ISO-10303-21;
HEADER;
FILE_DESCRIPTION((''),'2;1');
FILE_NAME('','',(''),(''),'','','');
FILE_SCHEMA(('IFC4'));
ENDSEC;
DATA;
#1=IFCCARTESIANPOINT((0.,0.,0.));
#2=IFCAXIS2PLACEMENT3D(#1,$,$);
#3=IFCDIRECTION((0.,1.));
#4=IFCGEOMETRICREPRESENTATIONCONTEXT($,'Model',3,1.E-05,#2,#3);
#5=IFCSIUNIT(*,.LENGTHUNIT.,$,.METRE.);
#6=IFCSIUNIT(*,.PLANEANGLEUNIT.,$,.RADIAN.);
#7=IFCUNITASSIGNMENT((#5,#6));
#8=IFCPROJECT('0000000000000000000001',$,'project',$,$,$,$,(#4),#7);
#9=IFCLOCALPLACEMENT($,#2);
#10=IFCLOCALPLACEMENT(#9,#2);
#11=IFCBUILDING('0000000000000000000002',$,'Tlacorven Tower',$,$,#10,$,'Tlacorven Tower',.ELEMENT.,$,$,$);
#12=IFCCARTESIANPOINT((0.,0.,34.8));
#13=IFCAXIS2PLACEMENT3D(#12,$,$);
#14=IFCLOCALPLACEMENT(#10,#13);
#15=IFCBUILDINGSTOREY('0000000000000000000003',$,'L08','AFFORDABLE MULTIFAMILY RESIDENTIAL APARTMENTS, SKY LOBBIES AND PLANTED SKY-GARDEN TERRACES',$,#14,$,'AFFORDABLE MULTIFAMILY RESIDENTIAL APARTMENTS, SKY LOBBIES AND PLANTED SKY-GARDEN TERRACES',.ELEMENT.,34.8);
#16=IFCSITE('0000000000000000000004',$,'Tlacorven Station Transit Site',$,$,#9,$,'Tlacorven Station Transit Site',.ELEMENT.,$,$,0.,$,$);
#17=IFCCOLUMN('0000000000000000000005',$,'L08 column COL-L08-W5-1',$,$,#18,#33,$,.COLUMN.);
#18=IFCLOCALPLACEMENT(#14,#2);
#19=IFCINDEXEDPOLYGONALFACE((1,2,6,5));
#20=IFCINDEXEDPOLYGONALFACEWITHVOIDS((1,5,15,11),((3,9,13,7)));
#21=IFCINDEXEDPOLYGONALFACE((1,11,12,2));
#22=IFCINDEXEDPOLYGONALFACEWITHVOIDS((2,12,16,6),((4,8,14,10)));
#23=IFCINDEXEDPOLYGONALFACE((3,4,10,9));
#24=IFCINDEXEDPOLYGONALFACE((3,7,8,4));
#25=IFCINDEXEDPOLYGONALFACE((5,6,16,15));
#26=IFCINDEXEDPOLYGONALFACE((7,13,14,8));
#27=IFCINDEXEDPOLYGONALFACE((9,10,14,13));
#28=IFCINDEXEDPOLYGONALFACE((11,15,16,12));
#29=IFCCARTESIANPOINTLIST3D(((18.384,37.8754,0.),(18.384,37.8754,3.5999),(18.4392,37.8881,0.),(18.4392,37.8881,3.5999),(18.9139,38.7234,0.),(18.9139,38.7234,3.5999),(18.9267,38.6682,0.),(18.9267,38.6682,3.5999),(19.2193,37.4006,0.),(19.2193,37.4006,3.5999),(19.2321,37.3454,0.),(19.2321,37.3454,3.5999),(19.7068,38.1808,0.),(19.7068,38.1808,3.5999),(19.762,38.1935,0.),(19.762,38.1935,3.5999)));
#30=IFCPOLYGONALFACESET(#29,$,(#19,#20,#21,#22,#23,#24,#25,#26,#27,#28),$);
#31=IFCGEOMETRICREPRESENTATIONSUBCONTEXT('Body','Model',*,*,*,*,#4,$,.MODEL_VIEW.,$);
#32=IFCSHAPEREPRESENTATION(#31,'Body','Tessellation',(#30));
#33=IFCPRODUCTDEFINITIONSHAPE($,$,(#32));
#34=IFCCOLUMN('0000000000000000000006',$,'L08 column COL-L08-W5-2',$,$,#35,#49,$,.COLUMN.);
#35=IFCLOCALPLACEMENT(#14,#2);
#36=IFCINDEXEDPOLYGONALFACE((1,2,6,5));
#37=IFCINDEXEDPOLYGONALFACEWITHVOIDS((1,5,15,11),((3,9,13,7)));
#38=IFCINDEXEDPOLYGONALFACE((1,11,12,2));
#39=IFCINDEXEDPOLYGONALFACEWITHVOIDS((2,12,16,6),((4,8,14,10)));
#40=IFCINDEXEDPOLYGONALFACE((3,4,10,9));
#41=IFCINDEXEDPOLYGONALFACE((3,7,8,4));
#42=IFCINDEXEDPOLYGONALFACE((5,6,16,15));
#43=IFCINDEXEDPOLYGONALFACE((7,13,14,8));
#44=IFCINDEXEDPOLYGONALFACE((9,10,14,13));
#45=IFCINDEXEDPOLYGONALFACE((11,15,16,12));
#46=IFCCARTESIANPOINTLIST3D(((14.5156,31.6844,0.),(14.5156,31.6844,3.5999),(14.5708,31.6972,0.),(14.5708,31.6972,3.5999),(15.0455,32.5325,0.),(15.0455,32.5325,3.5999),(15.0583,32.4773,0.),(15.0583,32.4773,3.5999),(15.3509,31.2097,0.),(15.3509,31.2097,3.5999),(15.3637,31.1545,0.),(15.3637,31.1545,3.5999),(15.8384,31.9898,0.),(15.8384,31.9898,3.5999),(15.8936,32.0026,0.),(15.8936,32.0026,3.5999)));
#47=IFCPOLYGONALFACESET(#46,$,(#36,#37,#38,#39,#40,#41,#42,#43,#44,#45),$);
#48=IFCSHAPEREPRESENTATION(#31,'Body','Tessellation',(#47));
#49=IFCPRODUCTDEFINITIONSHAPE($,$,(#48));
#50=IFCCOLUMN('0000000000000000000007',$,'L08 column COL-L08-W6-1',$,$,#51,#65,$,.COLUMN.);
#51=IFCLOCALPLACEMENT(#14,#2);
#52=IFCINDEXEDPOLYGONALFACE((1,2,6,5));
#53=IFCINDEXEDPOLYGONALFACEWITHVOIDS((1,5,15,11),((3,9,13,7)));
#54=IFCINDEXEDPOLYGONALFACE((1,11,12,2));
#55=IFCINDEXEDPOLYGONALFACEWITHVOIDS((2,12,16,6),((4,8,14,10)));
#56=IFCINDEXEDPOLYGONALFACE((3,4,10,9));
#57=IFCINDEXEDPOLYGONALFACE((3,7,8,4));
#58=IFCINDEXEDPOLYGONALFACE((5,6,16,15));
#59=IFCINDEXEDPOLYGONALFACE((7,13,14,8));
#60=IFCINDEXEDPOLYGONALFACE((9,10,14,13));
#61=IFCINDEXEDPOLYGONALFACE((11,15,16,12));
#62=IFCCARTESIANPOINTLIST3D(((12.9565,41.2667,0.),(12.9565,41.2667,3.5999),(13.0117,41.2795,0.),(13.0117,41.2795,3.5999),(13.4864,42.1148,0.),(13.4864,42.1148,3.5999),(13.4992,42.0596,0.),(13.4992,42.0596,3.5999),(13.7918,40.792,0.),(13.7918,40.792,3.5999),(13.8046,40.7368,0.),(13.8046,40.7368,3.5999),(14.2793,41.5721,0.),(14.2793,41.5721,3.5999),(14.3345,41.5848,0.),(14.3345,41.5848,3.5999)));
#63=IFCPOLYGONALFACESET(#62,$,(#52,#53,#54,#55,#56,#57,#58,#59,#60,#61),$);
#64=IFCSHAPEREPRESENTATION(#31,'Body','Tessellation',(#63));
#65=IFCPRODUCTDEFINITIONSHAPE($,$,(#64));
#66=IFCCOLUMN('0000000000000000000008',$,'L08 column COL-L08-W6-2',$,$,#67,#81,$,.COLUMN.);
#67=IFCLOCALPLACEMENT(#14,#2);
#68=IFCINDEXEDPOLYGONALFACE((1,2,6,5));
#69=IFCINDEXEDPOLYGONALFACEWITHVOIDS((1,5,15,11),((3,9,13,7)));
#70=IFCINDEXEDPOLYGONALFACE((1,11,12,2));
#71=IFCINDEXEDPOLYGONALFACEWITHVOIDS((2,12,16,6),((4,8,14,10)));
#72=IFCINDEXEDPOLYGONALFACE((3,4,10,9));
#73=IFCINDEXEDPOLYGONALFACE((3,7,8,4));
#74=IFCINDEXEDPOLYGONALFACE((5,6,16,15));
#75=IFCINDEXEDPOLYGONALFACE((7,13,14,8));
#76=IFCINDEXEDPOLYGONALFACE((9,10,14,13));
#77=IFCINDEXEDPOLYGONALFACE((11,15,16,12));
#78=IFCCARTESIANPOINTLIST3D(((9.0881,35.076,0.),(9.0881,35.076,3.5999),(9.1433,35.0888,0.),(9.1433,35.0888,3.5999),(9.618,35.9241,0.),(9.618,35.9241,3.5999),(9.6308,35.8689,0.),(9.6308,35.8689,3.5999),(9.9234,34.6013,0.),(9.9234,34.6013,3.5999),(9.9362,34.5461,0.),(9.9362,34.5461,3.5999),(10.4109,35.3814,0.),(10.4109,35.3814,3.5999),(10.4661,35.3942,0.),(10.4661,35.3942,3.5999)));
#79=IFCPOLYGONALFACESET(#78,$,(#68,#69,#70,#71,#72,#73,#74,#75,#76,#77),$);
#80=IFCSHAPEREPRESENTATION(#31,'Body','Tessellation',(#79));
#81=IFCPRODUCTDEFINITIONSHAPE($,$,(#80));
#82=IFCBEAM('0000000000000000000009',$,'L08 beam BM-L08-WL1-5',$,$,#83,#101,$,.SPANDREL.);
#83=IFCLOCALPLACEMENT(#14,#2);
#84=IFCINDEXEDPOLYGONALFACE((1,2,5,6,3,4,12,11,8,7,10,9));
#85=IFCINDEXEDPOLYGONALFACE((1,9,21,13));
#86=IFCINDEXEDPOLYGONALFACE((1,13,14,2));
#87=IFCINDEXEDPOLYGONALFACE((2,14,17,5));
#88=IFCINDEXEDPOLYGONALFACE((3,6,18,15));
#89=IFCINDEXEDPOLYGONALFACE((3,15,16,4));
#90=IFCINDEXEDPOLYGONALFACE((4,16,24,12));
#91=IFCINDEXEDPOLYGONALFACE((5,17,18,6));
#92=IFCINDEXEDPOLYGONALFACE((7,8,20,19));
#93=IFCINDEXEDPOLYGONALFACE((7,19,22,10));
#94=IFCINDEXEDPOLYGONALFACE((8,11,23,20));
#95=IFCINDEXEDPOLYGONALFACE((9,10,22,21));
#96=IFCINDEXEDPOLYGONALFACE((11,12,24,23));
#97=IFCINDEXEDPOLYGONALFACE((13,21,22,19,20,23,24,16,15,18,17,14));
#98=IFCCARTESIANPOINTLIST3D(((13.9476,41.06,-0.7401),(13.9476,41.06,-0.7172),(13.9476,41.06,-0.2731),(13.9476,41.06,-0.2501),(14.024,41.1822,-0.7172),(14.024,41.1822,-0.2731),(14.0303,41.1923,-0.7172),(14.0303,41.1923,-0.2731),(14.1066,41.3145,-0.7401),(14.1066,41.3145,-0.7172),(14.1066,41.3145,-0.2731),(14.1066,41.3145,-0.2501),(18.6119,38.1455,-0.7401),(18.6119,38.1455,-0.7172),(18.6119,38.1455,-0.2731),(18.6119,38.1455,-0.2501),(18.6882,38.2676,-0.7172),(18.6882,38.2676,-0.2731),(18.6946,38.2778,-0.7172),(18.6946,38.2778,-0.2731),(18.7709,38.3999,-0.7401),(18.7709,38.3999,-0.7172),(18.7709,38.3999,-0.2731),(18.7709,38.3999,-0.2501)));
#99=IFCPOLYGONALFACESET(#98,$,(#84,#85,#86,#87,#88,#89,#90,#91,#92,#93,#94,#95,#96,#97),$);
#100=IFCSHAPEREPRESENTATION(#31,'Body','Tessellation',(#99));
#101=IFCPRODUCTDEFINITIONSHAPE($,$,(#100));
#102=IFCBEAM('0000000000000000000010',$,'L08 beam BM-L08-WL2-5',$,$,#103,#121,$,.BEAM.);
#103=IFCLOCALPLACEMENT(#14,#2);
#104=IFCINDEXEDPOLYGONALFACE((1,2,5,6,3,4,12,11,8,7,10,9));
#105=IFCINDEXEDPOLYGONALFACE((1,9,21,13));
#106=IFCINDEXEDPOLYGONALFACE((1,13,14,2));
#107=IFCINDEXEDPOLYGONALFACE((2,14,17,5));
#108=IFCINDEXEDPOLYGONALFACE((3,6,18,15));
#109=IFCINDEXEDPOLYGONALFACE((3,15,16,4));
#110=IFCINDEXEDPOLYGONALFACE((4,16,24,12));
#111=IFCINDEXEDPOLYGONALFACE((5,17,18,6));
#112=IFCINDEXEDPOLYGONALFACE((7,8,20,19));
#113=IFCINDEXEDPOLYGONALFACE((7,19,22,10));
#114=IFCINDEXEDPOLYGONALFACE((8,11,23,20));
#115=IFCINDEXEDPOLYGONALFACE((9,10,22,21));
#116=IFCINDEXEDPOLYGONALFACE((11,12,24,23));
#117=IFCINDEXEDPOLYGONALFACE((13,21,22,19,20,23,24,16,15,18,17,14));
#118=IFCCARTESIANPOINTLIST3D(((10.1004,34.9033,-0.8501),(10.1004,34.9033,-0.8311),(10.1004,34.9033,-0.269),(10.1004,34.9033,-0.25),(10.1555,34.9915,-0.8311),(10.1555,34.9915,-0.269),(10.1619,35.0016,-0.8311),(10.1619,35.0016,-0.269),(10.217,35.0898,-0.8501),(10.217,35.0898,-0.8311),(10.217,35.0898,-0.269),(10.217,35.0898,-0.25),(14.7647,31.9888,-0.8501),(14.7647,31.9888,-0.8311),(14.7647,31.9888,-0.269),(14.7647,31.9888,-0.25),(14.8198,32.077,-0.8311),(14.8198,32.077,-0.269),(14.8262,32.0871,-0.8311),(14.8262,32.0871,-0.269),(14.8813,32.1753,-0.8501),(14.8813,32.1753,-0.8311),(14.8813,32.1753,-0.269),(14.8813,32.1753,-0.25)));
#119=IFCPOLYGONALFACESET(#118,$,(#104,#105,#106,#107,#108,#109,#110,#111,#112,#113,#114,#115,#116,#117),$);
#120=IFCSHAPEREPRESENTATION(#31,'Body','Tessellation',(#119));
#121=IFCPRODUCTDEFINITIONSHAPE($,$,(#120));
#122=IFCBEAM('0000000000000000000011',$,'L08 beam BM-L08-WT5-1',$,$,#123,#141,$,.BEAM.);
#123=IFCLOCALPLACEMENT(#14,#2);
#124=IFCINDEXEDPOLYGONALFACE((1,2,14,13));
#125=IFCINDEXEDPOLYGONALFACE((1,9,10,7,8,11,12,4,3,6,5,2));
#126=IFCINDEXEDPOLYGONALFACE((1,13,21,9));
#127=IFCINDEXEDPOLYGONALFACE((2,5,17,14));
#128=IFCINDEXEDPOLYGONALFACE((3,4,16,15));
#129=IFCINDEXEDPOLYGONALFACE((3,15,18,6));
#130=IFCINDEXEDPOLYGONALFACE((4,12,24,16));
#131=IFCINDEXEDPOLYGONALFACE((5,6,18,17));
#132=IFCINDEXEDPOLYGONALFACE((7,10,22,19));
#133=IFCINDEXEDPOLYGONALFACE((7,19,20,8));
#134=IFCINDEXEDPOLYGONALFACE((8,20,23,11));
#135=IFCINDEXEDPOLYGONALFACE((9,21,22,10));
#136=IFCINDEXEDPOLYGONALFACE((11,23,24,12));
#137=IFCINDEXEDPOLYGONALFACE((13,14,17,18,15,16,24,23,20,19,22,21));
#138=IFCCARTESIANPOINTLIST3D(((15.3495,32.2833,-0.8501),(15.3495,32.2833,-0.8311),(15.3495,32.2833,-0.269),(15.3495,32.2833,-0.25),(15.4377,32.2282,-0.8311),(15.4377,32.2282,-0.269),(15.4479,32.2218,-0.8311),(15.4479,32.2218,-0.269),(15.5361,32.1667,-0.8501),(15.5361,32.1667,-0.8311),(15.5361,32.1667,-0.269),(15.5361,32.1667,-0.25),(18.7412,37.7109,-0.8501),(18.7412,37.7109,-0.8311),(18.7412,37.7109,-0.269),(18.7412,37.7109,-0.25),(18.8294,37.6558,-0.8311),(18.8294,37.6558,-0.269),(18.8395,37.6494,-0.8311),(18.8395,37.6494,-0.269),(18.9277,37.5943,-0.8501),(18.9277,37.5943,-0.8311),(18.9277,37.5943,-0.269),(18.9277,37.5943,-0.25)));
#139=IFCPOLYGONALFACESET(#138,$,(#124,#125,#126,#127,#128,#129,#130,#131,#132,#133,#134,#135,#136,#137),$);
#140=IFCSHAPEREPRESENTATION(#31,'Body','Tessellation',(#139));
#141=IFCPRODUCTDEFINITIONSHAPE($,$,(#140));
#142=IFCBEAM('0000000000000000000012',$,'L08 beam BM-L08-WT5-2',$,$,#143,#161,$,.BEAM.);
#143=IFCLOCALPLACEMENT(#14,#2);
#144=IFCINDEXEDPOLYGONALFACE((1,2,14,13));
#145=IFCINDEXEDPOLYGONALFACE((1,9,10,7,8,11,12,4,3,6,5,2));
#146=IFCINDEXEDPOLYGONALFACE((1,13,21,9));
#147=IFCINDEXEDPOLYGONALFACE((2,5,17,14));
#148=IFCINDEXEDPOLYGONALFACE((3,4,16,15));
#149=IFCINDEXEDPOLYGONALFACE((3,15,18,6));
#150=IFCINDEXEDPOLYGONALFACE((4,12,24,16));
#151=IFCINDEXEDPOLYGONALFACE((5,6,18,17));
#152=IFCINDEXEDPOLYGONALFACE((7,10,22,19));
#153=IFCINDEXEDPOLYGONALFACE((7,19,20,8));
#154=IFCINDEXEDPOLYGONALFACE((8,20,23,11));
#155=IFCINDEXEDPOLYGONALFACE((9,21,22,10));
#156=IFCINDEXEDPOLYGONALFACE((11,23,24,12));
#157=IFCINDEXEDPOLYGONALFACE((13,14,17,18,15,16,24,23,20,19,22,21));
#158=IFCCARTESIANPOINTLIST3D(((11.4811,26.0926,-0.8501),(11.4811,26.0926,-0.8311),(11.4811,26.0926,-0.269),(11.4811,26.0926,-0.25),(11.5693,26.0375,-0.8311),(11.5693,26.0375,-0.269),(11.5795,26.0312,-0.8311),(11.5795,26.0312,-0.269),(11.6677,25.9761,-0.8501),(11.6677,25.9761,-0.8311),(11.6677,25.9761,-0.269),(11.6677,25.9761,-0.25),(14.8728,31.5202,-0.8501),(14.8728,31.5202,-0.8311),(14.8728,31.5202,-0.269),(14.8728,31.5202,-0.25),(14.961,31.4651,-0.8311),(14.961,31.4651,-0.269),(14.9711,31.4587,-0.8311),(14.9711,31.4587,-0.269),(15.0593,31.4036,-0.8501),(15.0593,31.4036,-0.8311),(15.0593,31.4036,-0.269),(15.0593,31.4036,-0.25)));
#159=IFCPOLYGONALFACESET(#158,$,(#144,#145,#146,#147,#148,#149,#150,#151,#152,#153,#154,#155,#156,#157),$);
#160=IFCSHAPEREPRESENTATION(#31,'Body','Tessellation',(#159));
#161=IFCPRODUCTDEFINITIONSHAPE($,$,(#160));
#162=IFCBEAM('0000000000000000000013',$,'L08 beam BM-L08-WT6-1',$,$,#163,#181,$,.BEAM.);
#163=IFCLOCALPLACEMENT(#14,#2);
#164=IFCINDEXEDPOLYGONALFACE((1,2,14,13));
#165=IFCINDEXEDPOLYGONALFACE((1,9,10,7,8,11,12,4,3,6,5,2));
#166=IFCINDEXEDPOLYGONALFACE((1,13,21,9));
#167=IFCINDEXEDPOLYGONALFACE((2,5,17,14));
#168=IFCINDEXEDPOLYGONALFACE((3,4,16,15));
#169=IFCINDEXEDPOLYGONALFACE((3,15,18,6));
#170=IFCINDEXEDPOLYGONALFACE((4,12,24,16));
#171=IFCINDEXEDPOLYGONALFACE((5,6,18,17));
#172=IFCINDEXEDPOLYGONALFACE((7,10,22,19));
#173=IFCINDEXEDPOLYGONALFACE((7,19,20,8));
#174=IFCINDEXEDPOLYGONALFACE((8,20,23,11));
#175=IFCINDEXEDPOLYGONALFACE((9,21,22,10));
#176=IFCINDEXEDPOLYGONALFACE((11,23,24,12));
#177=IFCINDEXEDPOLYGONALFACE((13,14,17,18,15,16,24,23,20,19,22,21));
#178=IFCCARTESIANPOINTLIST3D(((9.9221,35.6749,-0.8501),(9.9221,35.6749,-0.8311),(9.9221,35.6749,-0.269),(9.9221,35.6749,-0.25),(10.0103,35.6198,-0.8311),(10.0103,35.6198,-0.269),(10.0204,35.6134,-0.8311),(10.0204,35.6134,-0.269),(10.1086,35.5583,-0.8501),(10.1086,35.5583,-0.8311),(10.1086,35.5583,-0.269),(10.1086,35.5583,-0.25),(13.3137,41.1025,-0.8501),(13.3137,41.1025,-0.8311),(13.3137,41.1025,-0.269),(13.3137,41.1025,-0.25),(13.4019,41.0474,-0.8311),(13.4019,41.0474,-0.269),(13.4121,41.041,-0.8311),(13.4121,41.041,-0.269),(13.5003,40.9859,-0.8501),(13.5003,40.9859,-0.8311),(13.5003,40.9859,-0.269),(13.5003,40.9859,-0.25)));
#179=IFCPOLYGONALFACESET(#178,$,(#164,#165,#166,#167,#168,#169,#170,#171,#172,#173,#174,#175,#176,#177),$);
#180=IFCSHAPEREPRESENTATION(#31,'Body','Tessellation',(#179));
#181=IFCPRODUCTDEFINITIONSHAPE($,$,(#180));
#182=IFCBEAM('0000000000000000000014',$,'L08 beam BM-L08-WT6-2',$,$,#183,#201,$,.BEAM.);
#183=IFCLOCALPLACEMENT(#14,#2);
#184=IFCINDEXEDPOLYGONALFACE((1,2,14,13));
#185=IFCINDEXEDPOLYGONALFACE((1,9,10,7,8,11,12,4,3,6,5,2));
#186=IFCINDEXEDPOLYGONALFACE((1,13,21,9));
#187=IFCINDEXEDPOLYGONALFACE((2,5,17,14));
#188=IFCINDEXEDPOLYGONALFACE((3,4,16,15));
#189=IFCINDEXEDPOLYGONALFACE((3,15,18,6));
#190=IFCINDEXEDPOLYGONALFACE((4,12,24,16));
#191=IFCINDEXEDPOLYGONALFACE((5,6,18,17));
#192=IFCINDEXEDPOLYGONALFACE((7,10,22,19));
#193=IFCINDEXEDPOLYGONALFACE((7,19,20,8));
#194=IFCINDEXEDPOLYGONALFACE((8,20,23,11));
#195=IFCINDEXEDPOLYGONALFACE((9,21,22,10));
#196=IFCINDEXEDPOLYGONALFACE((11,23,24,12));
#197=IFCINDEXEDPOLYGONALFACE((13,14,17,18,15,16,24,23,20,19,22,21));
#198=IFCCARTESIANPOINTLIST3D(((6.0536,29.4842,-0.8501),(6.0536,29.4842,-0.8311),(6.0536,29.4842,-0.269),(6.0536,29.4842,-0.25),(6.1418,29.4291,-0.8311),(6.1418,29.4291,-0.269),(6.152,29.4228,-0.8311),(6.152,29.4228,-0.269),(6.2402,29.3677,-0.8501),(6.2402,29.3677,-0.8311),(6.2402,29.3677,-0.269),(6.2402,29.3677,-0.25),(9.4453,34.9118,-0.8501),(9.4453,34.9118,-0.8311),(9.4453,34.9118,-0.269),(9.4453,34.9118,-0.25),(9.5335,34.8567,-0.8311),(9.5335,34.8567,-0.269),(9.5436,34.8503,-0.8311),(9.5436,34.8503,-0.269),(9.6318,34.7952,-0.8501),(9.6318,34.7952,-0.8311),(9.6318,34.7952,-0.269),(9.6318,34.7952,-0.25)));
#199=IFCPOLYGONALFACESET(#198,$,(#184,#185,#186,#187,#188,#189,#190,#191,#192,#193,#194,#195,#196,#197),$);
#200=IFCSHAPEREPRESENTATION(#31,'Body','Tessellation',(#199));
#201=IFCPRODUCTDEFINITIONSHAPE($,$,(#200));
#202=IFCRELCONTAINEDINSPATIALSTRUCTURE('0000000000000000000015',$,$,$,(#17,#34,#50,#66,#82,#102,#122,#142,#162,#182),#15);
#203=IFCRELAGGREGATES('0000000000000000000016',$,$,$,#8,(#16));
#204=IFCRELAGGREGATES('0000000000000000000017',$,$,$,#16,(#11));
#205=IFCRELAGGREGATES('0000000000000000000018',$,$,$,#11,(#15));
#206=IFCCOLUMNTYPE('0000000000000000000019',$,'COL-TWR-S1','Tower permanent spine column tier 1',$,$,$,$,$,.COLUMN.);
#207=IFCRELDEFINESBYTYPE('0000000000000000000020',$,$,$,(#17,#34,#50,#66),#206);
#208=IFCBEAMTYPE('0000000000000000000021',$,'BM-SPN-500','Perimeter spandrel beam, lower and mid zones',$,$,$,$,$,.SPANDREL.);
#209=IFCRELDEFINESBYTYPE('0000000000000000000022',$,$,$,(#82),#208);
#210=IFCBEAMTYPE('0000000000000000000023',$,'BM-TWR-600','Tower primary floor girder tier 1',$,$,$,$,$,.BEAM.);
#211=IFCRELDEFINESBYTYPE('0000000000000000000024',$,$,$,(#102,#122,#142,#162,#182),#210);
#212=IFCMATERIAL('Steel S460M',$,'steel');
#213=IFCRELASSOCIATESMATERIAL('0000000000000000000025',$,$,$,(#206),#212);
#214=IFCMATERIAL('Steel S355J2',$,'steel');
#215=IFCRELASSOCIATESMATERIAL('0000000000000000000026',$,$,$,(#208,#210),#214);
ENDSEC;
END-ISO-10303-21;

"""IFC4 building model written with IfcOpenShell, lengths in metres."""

from ifc_helpers import new_model, si_unit, direction, frame, origin, origin_2d, place, context, subcontext, project, spatial, hollow_rectangle, i_section, extrude, source, transform, mapped, material, material_profile, profile_set, type_object, element, save


model = new_model("IFC4")

# Units and contexts
model_context = context("Model", 3, precision=1e-05, world=origin(), true_north=direction((0.0, 1.0)))
body_context = subcontext(model_context, "Body", "Model", "MODEL_VIEW")
ifc_project = project(units=[si_unit("LENGTHUNIT", "METRE"), si_unit("PLANEANGLEUNIT", "RADIAN")], contexts=[model_context])

# Site, building, storey
site_placement = place(None, origin())
site = spatial("IfcSite", under=ifc_project, at=site_placement, Name="Tlacorven Station Transit Site", LongName="Tlacorven Station Transit Site", CompositionType="ELEMENT", RefElevation=0.0)
building_placement = place(site_placement, origin())
building = spatial("IfcBuilding", under=site, at=building_placement, Name="Tlacorven Tower", LongName="Tlacorven Tower", CompositionType="ELEMENT")
storey_placement = place(building_placement, frame((0.0, 0.0, 34.8)))
storey = spatial("IfcBuildingStorey", under=building, at=storey_placement, Name="L08", Description="AFFORDABLE MULTIFAMILY RESIDENTIAL APARTMENTS, SKY LOBBIES AND PLANTED SKY-GARDEN TERRACES", LongName="AFFORDABLE MULTIFAMILY RESIDENTIAL APARTMENTS, SKY LOBBIES AND PLANTED SKY-GARDEN TERRACES", CompositionType="ELEMENT", Elevation=34.8)

# Columns
ifc_material_1 = material(Name="Steel S460M", Category="steel")
ifc_material_profile_1 = material_profile(ifc_material_1, hollow_rectangle(XDim=1.0, YDim=1.0, WallThickness=0.04, at=origin_2d()), Name="BOX 1000X1000X40")
ifc_profile_set_1 = profile_set([ifc_material_profile_1], Name="Steel S460M")
column_type = type_object("IfcColumnType", Name="COL-TWR-S1", Description="Tower permanent spine column tier 1", PredefinedType="COLUMN", material=ifc_profile_set_1)
shared_shape_1 = source(origin(), body_context, "Body", "SweptSolid", [
    extrude(hollow_rectangle(XDim=1.0, YDim=1.0, WallThickness=0.04, at=origin_2d()), origin(), (0.0, 0.0, 1.0), 3.5999),
])
for number, where, z_axis, x_axis, name in (
    (1, (19.073, 38.0344, 0.0), (0.0, 0.0, 1.0), (-0.848048, 0.529919, 0.0), "L08 column COL-L08-W5-1"),
    (2, (15.2046, 31.8435, 0.0), (0.0, 0.0, 1.0), (-0.848048, 0.529919, 0.0), "L08 column COL-L08-W5-2"),
    (3, (13.6455, 41.4258, 0.0), (0.0, 0.0, 1.0), (-0.848048, 0.529919, 0.0), "L08 column COL-L08-W6-1"),
    (4, (9.7771, 35.2351, 0.0), (0.0, 0.0, 1.0), (-0.848048, 0.529919, 0.0), "L08 column COL-L08-W6-2"),
):
    element("IfcColumn", number, at=place(storey_placement, frame(where, z_axis=z_axis, x_axis=x_axis)), inside=storey, type_object=column_type, Name=name, PredefinedType="COLUMN", context=body_context, shape_type="MappedRepresentation", body=[
        mapped(shared_shape_1, transform((0.0, 0.0, 0.0), scale=1.0)),
    ])

# Beams
ifc_material_2 = material(Name="Steel S355J2", Category="steel")
ifc_material_profile_2 = material_profile(ifc_material_2, i_section(OverallWidth=0.3, OverallDepth=0.49, WebThickness=0.012, FlangeThickness=0.0229, at=origin_2d()), Name="HEA 500")
ifc_profile_set_2 = profile_set([ifc_material_profile_2], Name="Steel S355J2")
beam_type_1 = type_object("IfcBeamType", Name="BM-SPN-500", Description="Perimeter spandrel beam, lower and mid zones", PredefinedType="SPANDREL", material=ifc_profile_set_2)
shared_shape_2 = source(origin(), body_context, "Body", "SweptSolid", [
    extrude(i_section(OverallWidth=0.3, OverallDepth=0.49, WebThickness=0.012, FlangeThickness=0.0229, at=origin_2d()), origin(), (0.0, 0.0, 1.0), 5.5),
])
beam_1_placement = place(storey_placement, frame((18.6914, 38.2727, -0.4951), z_axis=(-0.848051, 0.529915, 0.0), x_axis=(-0.529915, -0.848051, 0.0)))
element("IfcBeam", 5, at=beam_1_placement, inside=storey, type_object=beam_type_1, Name="L08 beam BM-L08-WL1-5", PredefinedType="SPANDREL", context=body_context, shape_type="MappedRepresentation", body=[
    mapped(shared_shape_2, transform((0.0, 0.0, 0.0), scale=1.0)),
])
ifc_material_profile_3 = material_profile(ifc_material_2, i_section(OverallWidth=0.22, OverallDepth=0.6001, WebThickness=0.012, FlangeThickness=0.019, at=origin_2d()), Name="IPE 600")
ifc_profile_set_3 = profile_set([ifc_material_profile_3], Name="Steel S355J2")
beam_type_2 = type_object("IfcBeamType", Name="BM-TWR-600", Description="Tower primary floor girder tier 1", PredefinedType="BEAM", material=ifc_profile_set_3)
shared_shape_3 = source(origin(), body_context, "Body", "SweptSolid", [
    extrude(i_section(OverallWidth=0.22, OverallDepth=0.6001, WebThickness=0.012, FlangeThickness=0.019, at=origin_2d()), origin(), (0.0, 0.0, 1.0), 5.5),
])
beam_2_placement = place(storey_placement, frame((14.823, 32.082, -0.55), z_axis=(-0.848051, 0.529915, 0.0), x_axis=(-0.529915, -0.848051, 0.0)))
element("IfcBeam", 6, at=beam_2_placement, inside=storey, type_object=beam_type_2, Name="L08 beam BM-L08-WL2-5", PredefinedType="BEAM", context=body_context, shape_type="MappedRepresentation", body=[
    mapped(shared_shape_3, transform((0.0, 0.0, 0.0), scale=1.0)),
])
shared_shape_4 = source(origin(), body_context, "Body", "SweptSolid", [
    extrude(i_section(OverallWidth=0.22, OverallDepth=0.6001, WebThickness=0.012, FlangeThickness=0.019, at=origin_2d()), origin(), (0.0, 0.0, 1.0), 6.4001),
])
for number, where, z_axis, x_axis, name in (
    (7, (18.8345, 37.6526, -0.55), (-0.529934, -0.848039, 0.0), (0.848039, -0.529934, 0.0), "L08 beam BM-L08-WT5-1"),
    (8, (14.9661, 31.4619, -0.55), (-0.529934, -0.848039, 0.0), (0.848039, -0.529934, 0.0), "L08 beam BM-L08-WT5-2"),
    (9, (13.407, 41.0442, -0.55), (-0.529934, -0.848039, 0.0), (0.848039, -0.529934, 0.0), "L08 beam BM-L08-WT6-1"),
    (10, (9.5386, 34.8535, -0.55), (-0.529934, -0.848039, 0.0), (0.848039, -0.529934, 0.0), "L08 beam BM-L08-WT6-2"),
):
    element("IfcBeam", number, at=place(storey_placement, frame(where, z_axis=z_axis, x_axis=x_axis)), inside=storey, type_object=beam_type_2, Name=name, PredefinedType="BEAM", context=body_context, shape_type="MappedRepresentation", body=[
        mapped(shared_shape_4, transform((0.0, 0.0, 0.0), scale=1.0)),
    ])

save(model, "model.ifc")
